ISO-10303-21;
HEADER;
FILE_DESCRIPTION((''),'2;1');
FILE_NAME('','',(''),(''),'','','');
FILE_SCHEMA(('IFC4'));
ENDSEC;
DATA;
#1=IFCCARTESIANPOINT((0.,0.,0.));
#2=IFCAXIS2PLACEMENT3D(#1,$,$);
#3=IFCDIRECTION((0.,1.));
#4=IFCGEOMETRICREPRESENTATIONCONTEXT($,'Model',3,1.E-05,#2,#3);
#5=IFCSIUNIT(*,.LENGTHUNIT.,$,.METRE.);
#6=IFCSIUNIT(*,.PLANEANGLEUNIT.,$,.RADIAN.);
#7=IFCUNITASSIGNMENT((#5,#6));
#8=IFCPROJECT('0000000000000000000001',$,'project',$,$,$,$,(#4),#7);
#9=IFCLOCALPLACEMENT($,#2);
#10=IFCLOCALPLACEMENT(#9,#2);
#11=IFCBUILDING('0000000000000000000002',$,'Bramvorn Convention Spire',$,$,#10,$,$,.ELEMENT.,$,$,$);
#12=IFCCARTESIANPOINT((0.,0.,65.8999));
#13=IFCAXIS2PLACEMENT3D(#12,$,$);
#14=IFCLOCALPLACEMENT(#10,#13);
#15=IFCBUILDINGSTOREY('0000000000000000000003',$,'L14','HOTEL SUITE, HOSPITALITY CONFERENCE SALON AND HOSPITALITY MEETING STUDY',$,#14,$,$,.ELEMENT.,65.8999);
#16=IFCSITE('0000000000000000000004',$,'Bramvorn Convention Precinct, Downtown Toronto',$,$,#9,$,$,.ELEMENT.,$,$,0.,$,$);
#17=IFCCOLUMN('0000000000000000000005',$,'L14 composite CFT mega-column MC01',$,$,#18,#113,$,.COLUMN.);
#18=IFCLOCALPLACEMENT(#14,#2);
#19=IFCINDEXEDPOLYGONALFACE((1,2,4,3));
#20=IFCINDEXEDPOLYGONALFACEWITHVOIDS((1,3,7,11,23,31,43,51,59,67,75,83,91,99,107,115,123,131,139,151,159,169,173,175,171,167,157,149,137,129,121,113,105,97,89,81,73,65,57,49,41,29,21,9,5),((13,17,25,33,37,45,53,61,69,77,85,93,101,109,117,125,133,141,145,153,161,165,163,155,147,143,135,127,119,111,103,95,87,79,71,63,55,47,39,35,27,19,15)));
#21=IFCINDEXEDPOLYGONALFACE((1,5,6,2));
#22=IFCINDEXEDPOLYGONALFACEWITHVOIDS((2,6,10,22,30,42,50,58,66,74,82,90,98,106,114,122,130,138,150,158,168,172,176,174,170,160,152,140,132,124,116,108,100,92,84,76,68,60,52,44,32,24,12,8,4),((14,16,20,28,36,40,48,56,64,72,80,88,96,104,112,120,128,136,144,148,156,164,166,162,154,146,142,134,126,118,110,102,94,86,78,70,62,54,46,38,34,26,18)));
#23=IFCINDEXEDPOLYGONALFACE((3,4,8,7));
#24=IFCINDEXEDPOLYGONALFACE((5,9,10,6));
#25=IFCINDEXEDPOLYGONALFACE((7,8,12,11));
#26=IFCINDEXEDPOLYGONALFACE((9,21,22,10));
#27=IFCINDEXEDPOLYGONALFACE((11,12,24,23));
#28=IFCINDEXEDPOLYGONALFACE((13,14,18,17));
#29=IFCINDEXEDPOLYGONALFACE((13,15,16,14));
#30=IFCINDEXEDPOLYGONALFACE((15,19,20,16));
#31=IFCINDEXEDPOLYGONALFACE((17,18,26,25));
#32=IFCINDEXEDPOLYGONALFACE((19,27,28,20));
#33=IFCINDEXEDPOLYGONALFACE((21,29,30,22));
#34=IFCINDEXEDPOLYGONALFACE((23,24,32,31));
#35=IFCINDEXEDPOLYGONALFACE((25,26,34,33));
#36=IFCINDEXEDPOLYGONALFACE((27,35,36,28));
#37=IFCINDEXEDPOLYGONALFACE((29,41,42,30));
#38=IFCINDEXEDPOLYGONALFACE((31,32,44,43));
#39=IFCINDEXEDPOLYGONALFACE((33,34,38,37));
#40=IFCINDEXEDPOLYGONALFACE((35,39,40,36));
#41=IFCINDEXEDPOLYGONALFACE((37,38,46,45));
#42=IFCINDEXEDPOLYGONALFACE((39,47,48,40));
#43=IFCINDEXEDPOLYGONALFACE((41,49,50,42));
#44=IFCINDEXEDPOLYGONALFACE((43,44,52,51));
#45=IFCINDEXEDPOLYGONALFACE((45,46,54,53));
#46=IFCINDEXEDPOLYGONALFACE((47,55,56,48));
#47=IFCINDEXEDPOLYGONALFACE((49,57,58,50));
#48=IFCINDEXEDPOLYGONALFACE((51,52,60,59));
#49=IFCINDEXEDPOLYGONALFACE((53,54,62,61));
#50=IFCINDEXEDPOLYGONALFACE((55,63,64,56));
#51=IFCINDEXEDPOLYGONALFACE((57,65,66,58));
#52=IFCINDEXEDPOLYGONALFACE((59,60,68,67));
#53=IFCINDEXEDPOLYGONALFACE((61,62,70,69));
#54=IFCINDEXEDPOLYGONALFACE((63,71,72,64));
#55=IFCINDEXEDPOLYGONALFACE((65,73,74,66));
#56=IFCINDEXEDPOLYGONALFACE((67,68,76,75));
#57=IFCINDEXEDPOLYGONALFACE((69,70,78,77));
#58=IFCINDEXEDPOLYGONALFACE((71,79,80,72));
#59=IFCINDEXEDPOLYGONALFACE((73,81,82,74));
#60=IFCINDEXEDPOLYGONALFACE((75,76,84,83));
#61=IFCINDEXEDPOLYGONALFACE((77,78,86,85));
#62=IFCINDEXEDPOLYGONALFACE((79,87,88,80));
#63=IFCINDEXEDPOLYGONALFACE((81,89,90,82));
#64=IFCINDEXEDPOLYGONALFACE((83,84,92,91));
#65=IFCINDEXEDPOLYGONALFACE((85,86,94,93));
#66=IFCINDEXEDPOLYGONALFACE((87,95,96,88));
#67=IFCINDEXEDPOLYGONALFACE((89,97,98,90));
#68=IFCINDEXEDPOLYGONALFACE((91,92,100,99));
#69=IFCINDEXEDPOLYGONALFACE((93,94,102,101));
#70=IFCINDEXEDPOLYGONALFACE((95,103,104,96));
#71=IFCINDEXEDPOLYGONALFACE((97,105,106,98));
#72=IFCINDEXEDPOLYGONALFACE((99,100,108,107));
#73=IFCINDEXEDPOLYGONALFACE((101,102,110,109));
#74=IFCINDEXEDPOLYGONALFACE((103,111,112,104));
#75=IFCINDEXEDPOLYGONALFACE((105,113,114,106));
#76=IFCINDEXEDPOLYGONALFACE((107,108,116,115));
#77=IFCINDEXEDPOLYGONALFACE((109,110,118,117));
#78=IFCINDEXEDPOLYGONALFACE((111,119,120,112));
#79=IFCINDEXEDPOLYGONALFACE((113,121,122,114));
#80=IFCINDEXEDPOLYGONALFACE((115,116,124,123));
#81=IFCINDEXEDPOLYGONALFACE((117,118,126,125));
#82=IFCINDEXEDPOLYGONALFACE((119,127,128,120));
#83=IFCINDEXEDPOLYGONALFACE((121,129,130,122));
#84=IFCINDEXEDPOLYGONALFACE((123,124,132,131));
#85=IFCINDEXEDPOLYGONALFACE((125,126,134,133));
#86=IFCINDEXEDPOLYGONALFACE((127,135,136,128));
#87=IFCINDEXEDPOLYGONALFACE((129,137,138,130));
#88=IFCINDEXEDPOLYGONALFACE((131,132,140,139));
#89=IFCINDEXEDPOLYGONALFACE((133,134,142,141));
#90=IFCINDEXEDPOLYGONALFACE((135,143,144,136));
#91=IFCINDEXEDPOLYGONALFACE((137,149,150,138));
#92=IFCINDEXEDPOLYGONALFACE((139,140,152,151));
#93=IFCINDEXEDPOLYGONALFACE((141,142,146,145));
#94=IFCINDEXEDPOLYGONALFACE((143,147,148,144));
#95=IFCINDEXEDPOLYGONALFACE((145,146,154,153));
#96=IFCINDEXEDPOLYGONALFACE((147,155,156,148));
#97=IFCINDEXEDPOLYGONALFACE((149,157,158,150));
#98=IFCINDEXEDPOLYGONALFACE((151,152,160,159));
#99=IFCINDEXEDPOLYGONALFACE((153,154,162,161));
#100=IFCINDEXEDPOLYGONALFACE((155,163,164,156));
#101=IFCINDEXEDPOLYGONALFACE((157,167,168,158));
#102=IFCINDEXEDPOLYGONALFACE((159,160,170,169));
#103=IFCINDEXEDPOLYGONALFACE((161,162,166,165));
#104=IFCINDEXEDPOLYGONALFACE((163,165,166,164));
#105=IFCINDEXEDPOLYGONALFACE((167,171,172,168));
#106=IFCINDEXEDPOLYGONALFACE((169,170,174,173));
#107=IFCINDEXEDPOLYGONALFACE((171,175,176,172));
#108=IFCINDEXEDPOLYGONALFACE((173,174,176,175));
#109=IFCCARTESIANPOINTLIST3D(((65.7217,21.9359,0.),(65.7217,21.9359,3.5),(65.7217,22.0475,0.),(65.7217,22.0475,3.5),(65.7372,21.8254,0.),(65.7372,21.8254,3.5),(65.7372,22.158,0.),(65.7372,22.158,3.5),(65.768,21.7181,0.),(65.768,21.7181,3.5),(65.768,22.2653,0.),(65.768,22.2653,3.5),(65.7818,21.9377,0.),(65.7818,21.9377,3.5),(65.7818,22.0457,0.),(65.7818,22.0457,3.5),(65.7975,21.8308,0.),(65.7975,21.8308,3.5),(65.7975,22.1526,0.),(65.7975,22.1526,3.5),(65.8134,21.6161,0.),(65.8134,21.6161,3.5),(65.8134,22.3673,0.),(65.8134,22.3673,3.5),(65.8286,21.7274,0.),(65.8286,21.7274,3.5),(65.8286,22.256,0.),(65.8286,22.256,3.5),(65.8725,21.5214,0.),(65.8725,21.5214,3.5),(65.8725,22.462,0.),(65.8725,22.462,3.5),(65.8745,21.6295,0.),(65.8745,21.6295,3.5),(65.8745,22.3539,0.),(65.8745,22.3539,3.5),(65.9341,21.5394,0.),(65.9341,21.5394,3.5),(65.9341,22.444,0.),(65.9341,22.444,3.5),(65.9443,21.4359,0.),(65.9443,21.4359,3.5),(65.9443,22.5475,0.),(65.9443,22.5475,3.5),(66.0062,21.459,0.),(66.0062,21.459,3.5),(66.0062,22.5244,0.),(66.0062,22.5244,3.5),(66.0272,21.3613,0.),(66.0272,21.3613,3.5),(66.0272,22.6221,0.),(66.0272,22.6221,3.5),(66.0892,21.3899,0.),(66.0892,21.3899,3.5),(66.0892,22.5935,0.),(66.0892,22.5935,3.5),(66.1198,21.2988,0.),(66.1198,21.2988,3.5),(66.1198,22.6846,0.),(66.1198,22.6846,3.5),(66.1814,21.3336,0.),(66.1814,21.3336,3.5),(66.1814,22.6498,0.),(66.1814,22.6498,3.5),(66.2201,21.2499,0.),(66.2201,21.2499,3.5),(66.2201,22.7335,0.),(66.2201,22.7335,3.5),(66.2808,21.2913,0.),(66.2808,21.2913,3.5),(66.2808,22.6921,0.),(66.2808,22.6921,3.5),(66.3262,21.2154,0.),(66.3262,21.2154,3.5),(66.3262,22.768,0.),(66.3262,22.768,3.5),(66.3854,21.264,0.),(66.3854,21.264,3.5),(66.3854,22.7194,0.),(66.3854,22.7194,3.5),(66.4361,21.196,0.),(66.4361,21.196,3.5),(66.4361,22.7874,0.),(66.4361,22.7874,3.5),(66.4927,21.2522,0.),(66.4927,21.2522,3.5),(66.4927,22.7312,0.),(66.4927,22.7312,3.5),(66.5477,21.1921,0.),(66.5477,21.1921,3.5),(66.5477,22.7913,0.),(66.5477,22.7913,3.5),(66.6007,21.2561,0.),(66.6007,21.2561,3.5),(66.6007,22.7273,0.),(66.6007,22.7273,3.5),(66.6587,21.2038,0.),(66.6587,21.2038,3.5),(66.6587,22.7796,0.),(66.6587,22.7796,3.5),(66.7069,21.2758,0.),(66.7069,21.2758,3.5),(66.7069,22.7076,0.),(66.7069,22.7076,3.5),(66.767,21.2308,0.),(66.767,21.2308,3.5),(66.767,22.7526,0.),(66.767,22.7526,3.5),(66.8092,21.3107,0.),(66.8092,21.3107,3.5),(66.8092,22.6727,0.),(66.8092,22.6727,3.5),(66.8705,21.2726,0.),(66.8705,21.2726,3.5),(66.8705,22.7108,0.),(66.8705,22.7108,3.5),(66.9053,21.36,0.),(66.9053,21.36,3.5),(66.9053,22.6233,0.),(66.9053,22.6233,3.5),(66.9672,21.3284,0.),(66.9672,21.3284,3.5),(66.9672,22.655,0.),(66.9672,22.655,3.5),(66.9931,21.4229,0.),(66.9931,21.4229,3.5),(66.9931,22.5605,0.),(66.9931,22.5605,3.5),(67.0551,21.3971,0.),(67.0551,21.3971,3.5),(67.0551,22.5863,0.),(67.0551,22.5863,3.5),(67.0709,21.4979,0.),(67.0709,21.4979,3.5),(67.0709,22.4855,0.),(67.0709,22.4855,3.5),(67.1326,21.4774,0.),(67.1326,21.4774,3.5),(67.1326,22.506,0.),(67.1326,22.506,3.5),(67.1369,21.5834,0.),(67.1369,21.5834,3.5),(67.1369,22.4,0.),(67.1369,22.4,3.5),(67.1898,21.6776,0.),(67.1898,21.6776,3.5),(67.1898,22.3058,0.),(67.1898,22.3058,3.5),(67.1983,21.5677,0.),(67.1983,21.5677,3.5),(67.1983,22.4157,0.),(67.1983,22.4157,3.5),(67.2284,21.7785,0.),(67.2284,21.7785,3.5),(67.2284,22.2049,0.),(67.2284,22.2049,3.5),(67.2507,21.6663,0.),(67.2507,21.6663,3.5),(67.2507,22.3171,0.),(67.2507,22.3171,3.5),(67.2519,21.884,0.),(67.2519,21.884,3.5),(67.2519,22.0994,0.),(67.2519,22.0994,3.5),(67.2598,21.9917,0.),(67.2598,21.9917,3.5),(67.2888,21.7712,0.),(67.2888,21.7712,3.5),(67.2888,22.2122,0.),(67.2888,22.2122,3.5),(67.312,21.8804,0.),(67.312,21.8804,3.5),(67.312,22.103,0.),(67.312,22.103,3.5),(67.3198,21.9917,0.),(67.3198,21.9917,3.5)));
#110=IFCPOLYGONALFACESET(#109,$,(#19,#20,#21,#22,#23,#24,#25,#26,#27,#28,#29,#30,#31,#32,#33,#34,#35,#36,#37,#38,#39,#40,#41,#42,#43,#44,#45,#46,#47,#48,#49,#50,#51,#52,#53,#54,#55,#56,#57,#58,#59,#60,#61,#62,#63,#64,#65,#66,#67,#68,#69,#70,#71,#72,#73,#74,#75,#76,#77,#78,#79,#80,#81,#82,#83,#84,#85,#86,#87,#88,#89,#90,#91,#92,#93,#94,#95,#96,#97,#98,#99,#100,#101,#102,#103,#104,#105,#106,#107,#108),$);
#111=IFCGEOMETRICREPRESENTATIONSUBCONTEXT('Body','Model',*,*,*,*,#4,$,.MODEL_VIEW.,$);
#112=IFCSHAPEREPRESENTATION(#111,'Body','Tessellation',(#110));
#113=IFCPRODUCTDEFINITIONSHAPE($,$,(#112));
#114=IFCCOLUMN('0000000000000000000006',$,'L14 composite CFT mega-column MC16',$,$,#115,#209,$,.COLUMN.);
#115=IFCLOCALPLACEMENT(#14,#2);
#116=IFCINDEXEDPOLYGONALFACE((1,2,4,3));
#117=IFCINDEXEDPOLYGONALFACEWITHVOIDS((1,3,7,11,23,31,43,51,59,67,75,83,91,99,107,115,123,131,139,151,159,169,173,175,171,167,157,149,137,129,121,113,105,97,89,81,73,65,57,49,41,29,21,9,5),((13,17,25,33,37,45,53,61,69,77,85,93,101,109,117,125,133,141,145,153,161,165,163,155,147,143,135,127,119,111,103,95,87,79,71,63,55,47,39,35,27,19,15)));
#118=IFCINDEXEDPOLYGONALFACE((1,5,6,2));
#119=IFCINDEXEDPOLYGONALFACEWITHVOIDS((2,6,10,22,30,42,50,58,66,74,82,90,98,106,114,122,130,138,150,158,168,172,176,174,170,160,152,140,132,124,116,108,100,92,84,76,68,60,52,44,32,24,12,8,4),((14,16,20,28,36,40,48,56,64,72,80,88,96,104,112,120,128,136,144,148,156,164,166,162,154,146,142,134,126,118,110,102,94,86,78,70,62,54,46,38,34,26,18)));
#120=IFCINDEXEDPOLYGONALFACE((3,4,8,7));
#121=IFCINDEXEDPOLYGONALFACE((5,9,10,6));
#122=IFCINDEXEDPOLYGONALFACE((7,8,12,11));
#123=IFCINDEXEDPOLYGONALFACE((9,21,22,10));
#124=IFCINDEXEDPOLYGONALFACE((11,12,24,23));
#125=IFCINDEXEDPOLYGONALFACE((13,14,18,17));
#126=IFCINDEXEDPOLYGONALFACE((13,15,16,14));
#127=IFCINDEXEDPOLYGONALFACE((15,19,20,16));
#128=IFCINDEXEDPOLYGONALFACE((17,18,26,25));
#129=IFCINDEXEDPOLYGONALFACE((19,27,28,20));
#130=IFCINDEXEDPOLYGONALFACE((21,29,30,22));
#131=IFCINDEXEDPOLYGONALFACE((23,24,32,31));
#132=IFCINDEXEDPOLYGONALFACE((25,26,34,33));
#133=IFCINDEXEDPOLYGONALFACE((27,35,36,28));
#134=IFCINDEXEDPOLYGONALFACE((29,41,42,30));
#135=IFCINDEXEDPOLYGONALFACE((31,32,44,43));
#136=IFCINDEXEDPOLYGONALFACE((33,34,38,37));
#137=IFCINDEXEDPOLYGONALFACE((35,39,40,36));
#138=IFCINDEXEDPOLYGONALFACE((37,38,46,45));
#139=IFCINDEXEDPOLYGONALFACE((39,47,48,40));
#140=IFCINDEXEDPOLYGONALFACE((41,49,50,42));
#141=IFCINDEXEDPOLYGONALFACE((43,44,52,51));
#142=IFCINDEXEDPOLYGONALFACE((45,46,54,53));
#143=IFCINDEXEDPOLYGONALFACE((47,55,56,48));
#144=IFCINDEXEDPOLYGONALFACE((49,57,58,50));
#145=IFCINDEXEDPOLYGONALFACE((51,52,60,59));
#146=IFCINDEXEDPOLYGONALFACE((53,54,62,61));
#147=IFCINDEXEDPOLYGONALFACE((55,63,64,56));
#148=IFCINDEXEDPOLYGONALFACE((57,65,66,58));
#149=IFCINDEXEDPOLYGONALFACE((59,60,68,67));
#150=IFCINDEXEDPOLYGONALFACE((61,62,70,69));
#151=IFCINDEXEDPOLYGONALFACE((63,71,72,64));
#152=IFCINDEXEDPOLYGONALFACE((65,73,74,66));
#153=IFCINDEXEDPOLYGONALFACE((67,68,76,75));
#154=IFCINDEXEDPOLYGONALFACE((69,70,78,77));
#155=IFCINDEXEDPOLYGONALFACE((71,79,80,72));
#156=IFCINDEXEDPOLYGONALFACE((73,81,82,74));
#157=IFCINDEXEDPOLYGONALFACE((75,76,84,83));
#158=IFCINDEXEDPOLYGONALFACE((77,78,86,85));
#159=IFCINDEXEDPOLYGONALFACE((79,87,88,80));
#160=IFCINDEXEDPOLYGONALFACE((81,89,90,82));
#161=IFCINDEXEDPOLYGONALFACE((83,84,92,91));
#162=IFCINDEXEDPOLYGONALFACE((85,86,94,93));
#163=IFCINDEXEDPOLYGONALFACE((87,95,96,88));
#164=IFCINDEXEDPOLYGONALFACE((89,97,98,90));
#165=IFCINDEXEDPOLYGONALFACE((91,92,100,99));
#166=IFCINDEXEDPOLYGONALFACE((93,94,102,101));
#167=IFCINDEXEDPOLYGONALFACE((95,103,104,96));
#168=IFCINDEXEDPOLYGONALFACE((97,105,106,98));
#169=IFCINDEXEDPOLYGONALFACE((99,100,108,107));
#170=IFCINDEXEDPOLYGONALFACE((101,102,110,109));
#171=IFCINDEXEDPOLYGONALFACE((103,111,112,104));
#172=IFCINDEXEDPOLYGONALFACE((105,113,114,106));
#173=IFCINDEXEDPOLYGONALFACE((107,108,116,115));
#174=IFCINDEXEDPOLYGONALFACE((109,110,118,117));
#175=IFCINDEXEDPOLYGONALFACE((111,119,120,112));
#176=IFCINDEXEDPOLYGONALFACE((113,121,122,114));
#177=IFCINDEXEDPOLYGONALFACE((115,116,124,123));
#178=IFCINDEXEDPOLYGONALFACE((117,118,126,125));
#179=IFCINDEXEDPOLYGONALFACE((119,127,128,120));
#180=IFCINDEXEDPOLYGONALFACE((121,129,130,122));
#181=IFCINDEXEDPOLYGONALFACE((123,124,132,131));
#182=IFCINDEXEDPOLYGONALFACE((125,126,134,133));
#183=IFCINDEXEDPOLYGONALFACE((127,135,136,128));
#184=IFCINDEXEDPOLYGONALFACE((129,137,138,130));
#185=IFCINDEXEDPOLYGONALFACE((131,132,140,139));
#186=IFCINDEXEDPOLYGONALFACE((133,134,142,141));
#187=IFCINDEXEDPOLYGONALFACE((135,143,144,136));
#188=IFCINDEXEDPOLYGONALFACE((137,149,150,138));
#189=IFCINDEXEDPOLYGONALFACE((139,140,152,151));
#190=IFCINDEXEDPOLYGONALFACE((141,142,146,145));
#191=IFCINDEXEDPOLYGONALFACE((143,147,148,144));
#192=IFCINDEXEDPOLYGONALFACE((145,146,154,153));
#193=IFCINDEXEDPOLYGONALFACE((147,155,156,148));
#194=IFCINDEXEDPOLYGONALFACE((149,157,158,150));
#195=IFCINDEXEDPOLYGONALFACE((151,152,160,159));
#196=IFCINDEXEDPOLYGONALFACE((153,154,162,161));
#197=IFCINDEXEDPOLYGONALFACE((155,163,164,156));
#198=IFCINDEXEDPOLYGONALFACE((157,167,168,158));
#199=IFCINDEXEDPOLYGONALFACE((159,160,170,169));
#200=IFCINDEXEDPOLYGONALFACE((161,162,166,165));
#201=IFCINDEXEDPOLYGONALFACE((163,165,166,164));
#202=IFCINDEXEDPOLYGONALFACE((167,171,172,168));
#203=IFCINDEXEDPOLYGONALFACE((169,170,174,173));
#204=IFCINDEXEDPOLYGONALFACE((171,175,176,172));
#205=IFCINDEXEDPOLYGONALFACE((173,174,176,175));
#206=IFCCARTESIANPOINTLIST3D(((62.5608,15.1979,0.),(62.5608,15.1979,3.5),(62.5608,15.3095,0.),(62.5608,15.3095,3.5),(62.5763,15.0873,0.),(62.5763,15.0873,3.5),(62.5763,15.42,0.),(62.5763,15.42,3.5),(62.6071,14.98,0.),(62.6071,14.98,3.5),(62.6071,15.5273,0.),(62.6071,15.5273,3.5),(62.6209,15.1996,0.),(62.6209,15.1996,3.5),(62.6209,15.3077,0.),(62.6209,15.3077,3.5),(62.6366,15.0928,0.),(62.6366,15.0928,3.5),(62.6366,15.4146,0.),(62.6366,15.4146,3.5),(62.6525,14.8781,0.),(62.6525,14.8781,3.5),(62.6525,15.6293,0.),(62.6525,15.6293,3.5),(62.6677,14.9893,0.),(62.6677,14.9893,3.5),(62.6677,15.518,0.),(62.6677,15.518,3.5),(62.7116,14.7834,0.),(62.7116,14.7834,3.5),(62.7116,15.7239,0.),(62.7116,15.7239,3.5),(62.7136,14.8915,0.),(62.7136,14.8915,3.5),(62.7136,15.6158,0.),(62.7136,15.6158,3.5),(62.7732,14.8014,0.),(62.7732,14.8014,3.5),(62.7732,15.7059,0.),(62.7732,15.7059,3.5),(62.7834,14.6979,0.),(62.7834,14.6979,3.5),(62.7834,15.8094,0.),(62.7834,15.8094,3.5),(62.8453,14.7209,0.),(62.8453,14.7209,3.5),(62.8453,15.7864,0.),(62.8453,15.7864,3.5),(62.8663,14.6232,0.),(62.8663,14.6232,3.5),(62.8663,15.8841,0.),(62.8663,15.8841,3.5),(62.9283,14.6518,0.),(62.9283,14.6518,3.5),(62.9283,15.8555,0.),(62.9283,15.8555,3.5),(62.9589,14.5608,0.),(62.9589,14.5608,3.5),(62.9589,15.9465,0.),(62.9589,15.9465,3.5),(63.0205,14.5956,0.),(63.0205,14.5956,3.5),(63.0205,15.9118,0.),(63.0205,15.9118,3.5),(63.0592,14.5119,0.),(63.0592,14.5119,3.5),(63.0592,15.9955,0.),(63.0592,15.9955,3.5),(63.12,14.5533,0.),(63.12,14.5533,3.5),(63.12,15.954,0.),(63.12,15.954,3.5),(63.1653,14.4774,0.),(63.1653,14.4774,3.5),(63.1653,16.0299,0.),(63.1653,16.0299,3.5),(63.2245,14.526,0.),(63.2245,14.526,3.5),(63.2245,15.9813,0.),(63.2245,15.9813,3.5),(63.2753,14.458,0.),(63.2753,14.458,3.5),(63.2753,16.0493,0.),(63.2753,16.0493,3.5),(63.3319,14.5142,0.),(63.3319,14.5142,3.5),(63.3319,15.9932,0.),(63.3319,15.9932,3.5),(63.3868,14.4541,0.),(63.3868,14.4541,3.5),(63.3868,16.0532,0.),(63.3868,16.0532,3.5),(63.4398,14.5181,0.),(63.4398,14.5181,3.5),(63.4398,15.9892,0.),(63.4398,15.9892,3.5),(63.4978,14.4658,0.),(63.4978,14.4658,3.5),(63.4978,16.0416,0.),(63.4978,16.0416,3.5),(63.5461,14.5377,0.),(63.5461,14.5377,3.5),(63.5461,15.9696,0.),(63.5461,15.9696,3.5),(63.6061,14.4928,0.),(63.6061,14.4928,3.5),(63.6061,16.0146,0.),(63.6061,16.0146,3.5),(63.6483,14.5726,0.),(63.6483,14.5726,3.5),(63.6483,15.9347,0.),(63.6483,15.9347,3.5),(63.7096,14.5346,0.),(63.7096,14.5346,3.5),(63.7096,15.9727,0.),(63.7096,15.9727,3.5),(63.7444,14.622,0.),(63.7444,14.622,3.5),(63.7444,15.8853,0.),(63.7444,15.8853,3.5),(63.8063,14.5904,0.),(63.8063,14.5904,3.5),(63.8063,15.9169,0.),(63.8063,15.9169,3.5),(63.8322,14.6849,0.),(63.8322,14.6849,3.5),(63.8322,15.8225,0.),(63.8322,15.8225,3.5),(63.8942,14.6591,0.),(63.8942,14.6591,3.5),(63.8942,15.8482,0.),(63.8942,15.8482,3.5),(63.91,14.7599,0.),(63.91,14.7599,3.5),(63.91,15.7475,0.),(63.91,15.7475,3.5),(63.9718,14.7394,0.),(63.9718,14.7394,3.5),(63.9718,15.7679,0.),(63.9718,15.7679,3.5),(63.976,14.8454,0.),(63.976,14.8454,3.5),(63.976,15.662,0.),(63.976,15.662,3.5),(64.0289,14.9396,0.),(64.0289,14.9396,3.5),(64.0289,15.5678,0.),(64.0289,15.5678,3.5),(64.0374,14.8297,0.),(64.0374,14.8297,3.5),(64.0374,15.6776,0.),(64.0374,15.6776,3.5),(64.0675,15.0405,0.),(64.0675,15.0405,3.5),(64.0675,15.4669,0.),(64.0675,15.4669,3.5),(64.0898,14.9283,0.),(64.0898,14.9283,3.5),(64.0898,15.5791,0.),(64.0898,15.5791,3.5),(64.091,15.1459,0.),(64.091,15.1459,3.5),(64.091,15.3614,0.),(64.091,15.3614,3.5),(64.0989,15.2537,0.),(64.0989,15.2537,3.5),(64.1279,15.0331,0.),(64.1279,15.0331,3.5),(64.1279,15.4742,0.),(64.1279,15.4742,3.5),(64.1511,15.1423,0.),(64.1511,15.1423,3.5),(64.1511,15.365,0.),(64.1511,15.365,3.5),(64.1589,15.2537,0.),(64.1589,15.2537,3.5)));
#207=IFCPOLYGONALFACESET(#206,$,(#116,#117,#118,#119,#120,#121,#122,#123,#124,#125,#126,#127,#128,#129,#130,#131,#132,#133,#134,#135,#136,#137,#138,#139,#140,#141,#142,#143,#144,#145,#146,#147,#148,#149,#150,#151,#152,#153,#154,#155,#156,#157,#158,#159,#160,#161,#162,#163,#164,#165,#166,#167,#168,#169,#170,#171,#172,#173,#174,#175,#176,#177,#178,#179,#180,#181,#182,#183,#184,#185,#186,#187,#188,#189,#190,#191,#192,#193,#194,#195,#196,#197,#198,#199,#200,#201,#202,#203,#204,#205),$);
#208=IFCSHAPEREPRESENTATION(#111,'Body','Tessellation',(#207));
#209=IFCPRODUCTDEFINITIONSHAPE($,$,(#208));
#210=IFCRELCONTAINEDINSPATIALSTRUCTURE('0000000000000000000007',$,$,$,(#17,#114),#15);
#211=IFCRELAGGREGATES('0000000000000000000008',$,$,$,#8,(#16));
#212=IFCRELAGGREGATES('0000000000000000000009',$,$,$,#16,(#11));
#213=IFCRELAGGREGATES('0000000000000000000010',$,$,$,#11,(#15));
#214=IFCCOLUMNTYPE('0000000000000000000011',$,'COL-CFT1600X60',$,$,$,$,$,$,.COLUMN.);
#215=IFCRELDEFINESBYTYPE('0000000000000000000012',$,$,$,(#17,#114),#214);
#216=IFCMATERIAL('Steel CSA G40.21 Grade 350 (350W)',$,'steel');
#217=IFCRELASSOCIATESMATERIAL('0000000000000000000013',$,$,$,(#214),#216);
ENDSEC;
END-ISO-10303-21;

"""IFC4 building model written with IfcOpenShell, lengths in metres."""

from ifc_helpers import new_model, si_unit, direction, frame, origin, origin_2d, place, context, subcontext, project, spatial, hollow_circle, extrude, material, material_profile, profile_set, type_object, element, save


model = new_model("IFC4")

# Units and contexts
model_context = context("Model", 3, precision=1e-05, world=origin(), true_north=direction((0.0, 1.0)))
body_context = subcontext(model_context, "Body", "Model", "MODEL_VIEW")
ifc_project = project(units=[si_unit("LENGTHUNIT", "METRE"), si_unit("PLANEANGLEUNIT", "RADIAN")], contexts=[model_context])

# Site, building, storey
site_placement = place(None, origin())
site = spatial("IfcSite", under=ifc_project, at=site_placement, Name="Bramvorn Convention Precinct, Downtown Toronto", CompositionType="ELEMENT", RefElevation=0.0)
building_placement = place(site_placement, origin())
building = spatial("IfcBuilding", under=site, at=building_placement, Name="Bramvorn Convention Spire", CompositionType="ELEMENT")
storey_placement = place(building_placement, frame((0.0, 0.0, 65.8999)))
storey = spatial("IfcBuildingStorey", under=building, at=storey_placement, Name="L14", Description="HOTEL SUITE, HOSPITALITY CONFERENCE SALON AND HOSPITALITY MEETING STUDY", CompositionType="ELEMENT", Elevation=65.8999)

# Columns
ifc_material_1 = material(Name="Steel CSA G40.21 Grade 350 (350W)", Category="steel")
ifc_material_profile_1 = material_profile(ifc_material_1, hollow_circle(Radius=0.8, WallThickness=0.0601, at=origin_2d()))
ifc_profile_set_1 = profile_set([ifc_material_profile_1], Name="Steel CSA G40.21 Grade 350 (350W) - CFT1600X60")
column_type = type_object("IfcColumnType", Name="COL-CFT1600X60", PredefinedType="COLUMN", material=ifc_profile_set_1)
for number, where, z_axis, x_axis, name in (
    (1, (66.5198, 21.9917, 0.0), (0.0, 0.0, 1.0), (1.0, 0.0, 0.0), "L14 composite CFT mega-column MC01"),
    (2, (63.3589, 15.2537, 0.0), (0.0, 0.0, 1.0), (1.0, 0.0, 0.0), "L14 composite CFT mega-column MC16"),
):
    element("IfcColumn", number, at=place(storey_placement, frame(where, z_axis=z_axis, x_axis=x_axis)), inside=storey, type_object=column_type, Name=name, PredefinedType="COLUMN", context=body_context, shape_type="SweptSolid", body=[
        extrude(hollow_circle(Radius=0.8, WallThickness=0.0601, at=origin_2d()), origin(), (0.0, 0.0, 1.0), 3.5),
    ])

save(model, "model.ifc")
